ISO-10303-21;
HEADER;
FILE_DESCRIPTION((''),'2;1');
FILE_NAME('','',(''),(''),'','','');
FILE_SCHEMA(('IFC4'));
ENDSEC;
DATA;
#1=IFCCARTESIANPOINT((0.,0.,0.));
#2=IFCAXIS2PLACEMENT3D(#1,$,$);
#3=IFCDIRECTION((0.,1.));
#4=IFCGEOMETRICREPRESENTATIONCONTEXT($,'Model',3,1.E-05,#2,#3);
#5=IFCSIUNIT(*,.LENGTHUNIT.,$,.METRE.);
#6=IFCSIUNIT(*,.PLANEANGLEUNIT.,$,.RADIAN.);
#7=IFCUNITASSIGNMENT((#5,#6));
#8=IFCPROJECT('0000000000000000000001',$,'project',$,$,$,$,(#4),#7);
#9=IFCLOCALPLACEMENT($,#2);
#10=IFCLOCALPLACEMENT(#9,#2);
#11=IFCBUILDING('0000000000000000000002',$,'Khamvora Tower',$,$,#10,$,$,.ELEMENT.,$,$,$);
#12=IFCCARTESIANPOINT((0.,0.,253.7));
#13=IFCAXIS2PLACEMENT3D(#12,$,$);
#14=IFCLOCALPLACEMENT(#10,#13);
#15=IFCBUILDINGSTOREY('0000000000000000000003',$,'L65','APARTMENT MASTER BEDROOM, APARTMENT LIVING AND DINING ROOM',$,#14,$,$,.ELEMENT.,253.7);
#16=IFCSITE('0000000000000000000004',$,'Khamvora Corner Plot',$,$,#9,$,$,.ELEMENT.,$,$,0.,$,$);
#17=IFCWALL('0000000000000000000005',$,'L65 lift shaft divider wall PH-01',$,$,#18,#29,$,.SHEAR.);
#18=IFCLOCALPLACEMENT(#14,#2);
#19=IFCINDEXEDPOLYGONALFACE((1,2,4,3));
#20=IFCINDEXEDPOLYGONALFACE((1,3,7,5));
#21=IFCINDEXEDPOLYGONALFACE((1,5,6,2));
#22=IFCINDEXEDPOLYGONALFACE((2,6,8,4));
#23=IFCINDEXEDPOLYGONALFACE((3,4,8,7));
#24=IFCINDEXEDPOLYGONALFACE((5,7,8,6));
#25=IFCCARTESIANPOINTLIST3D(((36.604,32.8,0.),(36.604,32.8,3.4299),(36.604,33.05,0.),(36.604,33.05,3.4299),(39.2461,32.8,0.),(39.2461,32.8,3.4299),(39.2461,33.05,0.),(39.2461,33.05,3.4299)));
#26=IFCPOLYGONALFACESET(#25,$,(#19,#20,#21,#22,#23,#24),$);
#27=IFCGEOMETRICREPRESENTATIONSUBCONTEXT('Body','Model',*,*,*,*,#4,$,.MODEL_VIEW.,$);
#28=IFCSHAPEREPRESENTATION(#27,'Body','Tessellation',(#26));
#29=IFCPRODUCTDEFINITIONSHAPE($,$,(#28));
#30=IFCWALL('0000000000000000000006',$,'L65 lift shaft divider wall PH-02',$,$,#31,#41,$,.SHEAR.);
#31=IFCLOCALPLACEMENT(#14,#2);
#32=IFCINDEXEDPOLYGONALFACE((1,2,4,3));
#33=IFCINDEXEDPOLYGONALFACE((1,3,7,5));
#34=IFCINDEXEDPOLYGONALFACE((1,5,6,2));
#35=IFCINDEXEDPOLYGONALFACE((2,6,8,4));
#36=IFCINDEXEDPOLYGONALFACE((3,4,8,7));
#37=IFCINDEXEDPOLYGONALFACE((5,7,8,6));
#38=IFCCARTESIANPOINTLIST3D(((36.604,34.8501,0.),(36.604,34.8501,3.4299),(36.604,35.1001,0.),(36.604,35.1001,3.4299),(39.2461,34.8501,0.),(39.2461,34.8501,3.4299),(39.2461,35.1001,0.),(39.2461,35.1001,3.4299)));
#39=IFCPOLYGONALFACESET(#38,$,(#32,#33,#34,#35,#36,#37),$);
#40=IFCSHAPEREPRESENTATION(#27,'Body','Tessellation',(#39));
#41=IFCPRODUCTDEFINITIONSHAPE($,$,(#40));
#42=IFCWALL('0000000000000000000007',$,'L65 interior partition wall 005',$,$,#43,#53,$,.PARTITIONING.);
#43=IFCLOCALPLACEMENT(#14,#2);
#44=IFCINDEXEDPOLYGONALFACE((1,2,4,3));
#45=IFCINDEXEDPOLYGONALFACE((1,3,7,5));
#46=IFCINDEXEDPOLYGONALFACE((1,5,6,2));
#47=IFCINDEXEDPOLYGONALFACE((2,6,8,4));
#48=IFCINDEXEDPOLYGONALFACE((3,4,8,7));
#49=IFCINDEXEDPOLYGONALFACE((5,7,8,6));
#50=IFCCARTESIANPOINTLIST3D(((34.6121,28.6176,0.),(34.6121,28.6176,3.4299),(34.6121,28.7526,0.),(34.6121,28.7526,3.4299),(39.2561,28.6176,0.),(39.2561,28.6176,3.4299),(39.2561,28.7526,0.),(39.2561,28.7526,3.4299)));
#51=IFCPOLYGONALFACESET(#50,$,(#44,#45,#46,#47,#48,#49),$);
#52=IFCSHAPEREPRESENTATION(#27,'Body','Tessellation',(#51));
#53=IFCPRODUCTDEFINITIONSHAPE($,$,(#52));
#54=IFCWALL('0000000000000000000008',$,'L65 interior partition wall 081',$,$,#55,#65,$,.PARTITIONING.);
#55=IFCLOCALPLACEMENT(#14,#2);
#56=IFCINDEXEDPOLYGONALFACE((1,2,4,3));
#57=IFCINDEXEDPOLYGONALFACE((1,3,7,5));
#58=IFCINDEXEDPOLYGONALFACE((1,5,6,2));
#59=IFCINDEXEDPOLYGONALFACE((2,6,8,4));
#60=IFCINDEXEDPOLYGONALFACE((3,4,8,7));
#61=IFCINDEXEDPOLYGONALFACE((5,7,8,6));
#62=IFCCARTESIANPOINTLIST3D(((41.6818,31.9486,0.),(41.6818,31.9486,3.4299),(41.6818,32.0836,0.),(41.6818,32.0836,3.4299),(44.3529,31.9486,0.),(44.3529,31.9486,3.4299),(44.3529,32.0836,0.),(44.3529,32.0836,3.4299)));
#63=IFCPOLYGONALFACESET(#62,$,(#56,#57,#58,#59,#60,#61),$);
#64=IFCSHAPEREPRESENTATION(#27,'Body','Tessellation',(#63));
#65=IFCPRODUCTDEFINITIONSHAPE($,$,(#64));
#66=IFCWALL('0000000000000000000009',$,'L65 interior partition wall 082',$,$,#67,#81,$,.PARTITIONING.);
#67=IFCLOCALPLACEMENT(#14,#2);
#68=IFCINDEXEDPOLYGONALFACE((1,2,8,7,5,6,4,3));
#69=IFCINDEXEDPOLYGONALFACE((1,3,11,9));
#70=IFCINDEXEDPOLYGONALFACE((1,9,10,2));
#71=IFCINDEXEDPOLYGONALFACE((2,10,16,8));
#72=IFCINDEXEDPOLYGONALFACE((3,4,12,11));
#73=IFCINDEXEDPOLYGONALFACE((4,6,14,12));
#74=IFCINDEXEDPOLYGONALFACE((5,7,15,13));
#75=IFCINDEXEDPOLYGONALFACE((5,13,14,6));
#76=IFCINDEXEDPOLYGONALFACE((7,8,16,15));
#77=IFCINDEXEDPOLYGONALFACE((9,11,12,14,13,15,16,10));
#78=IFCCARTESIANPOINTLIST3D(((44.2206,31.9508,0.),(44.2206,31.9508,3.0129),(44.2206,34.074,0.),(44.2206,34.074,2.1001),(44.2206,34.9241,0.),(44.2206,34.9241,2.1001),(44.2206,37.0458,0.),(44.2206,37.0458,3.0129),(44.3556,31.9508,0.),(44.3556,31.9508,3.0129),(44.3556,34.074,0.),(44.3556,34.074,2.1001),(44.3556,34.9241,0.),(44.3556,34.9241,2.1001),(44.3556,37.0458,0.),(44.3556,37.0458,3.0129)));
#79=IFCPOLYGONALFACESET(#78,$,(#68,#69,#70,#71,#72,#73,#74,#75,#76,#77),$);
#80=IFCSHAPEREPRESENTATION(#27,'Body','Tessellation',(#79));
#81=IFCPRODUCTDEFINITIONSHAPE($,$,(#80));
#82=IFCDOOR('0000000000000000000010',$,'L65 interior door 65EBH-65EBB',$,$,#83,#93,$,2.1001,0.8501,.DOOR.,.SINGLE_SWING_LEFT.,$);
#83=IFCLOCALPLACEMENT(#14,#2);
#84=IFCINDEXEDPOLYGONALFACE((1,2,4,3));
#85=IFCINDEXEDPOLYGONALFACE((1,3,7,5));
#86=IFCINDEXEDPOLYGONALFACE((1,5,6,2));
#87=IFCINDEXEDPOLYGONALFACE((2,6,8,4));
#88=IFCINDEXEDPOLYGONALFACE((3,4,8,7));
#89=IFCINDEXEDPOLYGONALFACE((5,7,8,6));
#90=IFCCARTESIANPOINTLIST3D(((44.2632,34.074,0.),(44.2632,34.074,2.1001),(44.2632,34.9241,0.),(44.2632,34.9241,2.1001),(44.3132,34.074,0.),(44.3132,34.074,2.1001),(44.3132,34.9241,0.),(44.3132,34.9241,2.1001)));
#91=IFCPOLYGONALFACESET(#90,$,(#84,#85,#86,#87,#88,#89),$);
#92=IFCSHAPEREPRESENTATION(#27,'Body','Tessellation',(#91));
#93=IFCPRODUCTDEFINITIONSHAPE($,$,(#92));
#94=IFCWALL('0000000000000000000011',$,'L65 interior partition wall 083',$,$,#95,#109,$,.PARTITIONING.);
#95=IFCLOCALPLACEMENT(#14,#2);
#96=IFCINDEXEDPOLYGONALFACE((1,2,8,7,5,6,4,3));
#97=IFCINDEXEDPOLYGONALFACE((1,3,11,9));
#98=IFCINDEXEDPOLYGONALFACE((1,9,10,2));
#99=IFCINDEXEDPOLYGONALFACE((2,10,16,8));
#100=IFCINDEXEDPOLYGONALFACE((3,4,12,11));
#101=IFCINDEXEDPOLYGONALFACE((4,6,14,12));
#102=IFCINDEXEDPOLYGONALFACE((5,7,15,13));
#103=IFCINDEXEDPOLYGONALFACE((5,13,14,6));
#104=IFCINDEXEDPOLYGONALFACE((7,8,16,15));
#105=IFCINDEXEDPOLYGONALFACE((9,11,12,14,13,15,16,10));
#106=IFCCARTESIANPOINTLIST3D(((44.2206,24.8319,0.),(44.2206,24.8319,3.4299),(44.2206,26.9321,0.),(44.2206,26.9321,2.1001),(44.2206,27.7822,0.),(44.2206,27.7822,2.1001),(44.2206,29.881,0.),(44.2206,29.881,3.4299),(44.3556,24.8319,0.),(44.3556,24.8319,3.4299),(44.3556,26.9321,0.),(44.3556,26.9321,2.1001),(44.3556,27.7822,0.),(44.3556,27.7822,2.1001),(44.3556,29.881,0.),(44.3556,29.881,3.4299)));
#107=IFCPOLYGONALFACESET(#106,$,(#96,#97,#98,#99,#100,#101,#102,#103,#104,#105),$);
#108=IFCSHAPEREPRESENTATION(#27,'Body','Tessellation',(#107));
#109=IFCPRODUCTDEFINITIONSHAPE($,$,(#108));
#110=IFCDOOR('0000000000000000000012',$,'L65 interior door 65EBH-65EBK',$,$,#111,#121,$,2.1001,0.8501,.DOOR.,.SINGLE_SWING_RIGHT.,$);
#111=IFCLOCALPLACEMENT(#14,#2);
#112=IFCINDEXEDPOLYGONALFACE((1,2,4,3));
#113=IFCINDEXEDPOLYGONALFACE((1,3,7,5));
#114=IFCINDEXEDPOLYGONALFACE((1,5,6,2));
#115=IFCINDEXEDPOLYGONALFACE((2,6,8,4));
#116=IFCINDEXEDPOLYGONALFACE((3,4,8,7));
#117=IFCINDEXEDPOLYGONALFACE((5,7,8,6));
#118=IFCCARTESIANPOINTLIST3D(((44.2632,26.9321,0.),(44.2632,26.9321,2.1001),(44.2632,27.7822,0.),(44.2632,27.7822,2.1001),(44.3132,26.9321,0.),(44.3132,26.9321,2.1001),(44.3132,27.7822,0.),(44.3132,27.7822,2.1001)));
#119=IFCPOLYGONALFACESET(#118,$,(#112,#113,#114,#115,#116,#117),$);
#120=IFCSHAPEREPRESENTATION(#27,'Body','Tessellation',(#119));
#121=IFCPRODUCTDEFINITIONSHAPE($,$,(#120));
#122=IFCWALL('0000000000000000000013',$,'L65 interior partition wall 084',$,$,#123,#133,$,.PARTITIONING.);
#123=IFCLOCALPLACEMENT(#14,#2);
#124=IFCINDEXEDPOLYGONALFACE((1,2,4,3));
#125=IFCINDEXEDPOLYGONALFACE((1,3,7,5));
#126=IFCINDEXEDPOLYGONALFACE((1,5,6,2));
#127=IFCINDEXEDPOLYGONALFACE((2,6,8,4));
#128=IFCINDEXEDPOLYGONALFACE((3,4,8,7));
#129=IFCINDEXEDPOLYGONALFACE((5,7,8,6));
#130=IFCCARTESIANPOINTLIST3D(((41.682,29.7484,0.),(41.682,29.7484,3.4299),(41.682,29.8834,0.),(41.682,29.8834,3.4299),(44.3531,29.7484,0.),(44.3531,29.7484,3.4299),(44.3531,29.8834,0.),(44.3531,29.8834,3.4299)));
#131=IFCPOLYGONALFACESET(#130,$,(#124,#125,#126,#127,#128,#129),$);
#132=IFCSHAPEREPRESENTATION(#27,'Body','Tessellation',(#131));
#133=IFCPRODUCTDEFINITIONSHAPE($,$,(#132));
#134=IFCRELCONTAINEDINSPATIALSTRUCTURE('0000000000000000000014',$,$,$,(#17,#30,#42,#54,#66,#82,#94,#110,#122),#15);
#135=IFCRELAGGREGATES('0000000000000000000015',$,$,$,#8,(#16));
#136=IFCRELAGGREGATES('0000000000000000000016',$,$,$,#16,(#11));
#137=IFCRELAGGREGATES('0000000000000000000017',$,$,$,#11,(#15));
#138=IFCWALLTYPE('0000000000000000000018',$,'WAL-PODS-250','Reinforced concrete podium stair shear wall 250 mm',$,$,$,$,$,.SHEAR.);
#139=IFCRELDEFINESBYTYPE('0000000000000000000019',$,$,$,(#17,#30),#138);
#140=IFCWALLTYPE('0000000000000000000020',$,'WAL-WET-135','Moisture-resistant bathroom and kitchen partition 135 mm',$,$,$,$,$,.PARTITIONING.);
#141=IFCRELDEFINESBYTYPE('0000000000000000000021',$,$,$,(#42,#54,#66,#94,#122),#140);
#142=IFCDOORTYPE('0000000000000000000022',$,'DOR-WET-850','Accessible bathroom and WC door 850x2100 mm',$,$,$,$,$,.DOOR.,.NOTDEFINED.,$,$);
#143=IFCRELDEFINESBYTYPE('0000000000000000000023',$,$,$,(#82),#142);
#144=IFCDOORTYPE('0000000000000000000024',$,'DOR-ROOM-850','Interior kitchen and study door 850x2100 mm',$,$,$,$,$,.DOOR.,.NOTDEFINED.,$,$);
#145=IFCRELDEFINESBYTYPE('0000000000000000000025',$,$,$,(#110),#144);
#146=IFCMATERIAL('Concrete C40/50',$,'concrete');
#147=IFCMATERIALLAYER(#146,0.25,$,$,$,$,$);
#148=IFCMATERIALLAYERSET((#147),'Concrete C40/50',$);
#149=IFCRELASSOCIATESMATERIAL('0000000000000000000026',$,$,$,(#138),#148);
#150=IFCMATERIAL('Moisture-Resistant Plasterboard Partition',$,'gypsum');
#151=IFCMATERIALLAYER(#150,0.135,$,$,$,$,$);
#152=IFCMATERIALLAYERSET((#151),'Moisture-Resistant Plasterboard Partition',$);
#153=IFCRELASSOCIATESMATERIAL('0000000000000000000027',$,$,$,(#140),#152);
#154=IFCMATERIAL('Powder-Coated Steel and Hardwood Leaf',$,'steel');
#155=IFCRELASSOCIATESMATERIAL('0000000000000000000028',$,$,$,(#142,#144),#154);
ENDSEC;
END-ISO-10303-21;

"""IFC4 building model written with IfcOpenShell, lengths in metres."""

from ifc_helpers import new_model, si_unit, direction, frame, frame_2d, origin, place, context, subcontext, project, spatial, rectangle, extrude, material, layer, layer_set, type_object, element, fill, save


model = new_model("IFC4")

# Units and contexts
model_context = context("Model", 3, precision=1e-05, world=origin(), true_north=direction((0.0, 1.0)))
body_context = subcontext(model_context, "Body", "Model", "MODEL_VIEW")
ifc_project = project(units=[si_unit("LENGTHUNIT", "METRE"), si_unit("PLANEANGLEUNIT", "RADIAN")], contexts=[model_context])

# Site, building, storey
site_placement = place(None, origin())
site = spatial("IfcSite", under=ifc_project, at=site_placement, Name="Khamvora Corner Plot", CompositionType="ELEMENT", RefElevation=0.0)
building_placement = place(site_placement, origin())
building = spatial("IfcBuilding", under=site, at=building_placement, Name="Khamvora Tower", CompositionType="ELEMENT")
storey_placement = place(building_placement, frame((0.0, 0.0, 253.7)))
storey = spatial("IfcBuildingStorey", under=building, at=storey_placement, Name="L65", Description="APARTMENT MASTER BEDROOM, APARTMENT LIVING AND DINING ROOM", CompositionType="ELEMENT", Elevation=253.7)

# Shared definitions
ifc_material_1 = material(Name="Powder-Coated Steel and Hardwood Leaf", Category="steel")

# Walls
ifc_material_2 = material(Name="Concrete C40/50", Category="concrete")
ifc_layer_1 = layer(ifc_material_2, 0.25)
ifc_layer_set_1 = layer_set([ifc_layer_1], Name="Concrete C40/50")
wall_type_1 = type_object("IfcWallType", Name="WAL-PODS-250", Description="Reinforced concrete podium stair shear wall 250 mm", PredefinedType="SHEAR", material=ifc_layer_set_1)
for number, where, z_axis, x_axis, name in (
    (1, (36.604, 32.925, 0.0), (0.0, 0.0, 1.0), (1.0, 0.0, 0.0), "L65 lift shaft divider wall PH-01"),
    (2, (36.604, 34.9751, 0.0), (0.0, 0.0, 1.0), (1.0, 0.0, 0.0), "L65 lift shaft divider wall PH-02"),
):
    element("IfcWall", number, at=place(storey_placement, frame(where, z_axis=z_axis, x_axis=x_axis)), inside=storey, type_object=wall_type_1, Name=name, PredefinedType="SHEAR", context=body_context, shape_type="SweptSolid", body=[
        extrude(rectangle(XDim=2.6421, YDim=0.25, at=frame_2d((1.321, 0.0))), origin(), (0.0, 0.0, 1.0), 3.4299),
    ])
ifc_material_3 = material(Name="Moisture-Resistant Plasterboard Partition", Category="gypsum")
ifc_layer_2 = layer(ifc_material_3, 0.135)
ifc_layer_set_2 = layer_set([ifc_layer_2], Name="Moisture-Resistant Plasterboard Partition")
wall_type_2 = type_object("IfcWallType", Name="WAL-WET-135", Description="Moisture-resistant bathroom and kitchen partition 135 mm", PredefinedType="PARTITIONING", material=ifc_layer_set_2)
wall_1_placement = place(storey_placement, frame((39.2561, 28.6851, 0.0), z_axis=(0.0, 0.0, 1.0), x_axis=(-1.0, 0.0, 0.0)))
element("IfcWall", 3, at=wall_1_placement, inside=storey, type_object=wall_type_2, Name="L65 interior partition wall 005", PredefinedType="PARTITIONING", context=body_context, shape_type="SweptSolid", body=[
    extrude(rectangle(XDim=4.644, YDim=0.135, at=frame_2d((2.322, 0.0))), origin(), (0.0, 0.0, 1.0), 3.4299),
])
wall_2_placement = place(storey_placement, frame((41.6819, 32.0161, 0.0), z_axis=(0.0, 0.0, 1.0), x_axis=(1.0, 0.0, 0.0)))
element("IfcWall", 4, at=wall_2_placement, inside=storey, type_object=wall_type_2, Name="L65 interior partition wall 081", PredefinedType="PARTITIONING", context=body_context, shape_type="SweptSolid", body=[
    extrude(rectangle(XDim=2.6711, YDim=0.135, at=frame_2d((1.3354, 0.0))), origin(), (0.0, 0.0, 1.0), 3.4299),
])

# Walls, openings, doors
wall_3_placement = place(storey_placement, frame((44.2881, 31.9509, 0.0), z_axis=(0.0, 0.0, 1.0), x_axis=(0.0, 1.0, 0.0)))
wall_3 = element("IfcWall", 5, at=wall_3_placement, inside=storey, type_object=wall_type_2, Name="L65 interior partition wall 082", PredefinedType="PARTITIONING", context=body_context, shape_type="SweptSolid", body=[
    extrude(rectangle(XDim=5.095, YDim=0.135, at=frame_2d((2.5474, 0.0))), origin(), (0.0, 0.0, 1.0), 3.0129),
])
opening_1_placement = place(wall_3_placement, frame((2.123, 0.0, 0.0)))
opening_1 = element("IfcOpeningElement", 6, at=opening_1_placement, cuts=wall_3, PredefinedType="OPENING", context=body_context, shape_type="SweptSolid", body=[
    extrude(rectangle(XDim=0.8501, YDim=2.1001, at=frame_2d((0.425, 1.05))), frame((0.0, 0.0774, 0.0), z_axis=(0.0, -1.0, 0.0), x_axis=(1.0, 0.0, 0.0)), (0.0, 0.0, 1.0), 0.155),
])
door_type_1 = type_object("IfcDoorType", Name="DOR-WET-850", Description="Accessible bathroom and WC door 850x2100 mm", OperationType="NOTDEFINED", PredefinedType="DOOR", material=ifc_material_1)
door_1_placement = place(opening_1_placement, origin())
door_1 = element("IfcDoor", 7, at=door_1_placement, inside=storey, type_object=door_type_1, Name="L65 interior door 65EBH-65EBB", OperationType="SINGLE_SWING_LEFT", OverallHeight=2.1001, OverallWidth=0.8501, PredefinedType="DOOR", context=body_context, shape_type="SweptSolid", body=[
    extrude(rectangle(XDim=0.8501, YDim=2.1001, at=frame_2d((0.425, 1.05))), frame((0.0, 0.0249, 0.0), z_axis=(0.0, -1.0, 0.0), x_axis=(1.0, 0.0, 0.0)), (0.0, 0.0, 1.0), 0.05),
])
fill(opening_1, door_1)
wall_4_placement = place(storey_placement, frame((44.2881, 24.832, 0.0), z_axis=(0.0, 0.0, 1.0), x_axis=(0.0, 1.0, 0.0)))
wall_4 = element("IfcWall", 8, at=wall_4_placement, inside=storey, type_object=wall_type_2, Name="L65 interior partition wall 083", PredefinedType="PARTITIONING", context=body_context, shape_type="SweptSolid", body=[
    extrude(rectangle(XDim=5.0491, YDim=0.135, at=frame_2d((2.5244, 0.0))), origin(), (0.0, 0.0, 1.0), 3.4299),
])
opening_2_placement = place(wall_4_placement, frame((2.1001, 0.0, 0.0)))
opening_2 = element("IfcOpeningElement", 9, at=opening_2_placement, cuts=wall_4, PredefinedType="OPENING", context=body_context, shape_type="SweptSolid", body=[
    extrude(rectangle(XDim=0.8501, YDim=2.1001, at=frame_2d((0.425, 1.05))), frame((0.0, 0.0774, 0.0), z_axis=(0.0, -1.0, 0.0), x_axis=(1.0, 0.0, 0.0)), (0.0, 0.0, 1.0), 0.155),
])
door_type_2 = type_object("IfcDoorType", Name="DOR-ROOM-850", Description="Interior kitchen and study door 850x2100 mm", OperationType="NOTDEFINED", PredefinedType="DOOR", material=ifc_material_1)
door_2_placement = place(opening_2_placement, origin())
door_2 = element("IfcDoor", 10, at=door_2_placement, inside=storey, type_object=door_type_2, Name="L65 interior door 65EBH-65EBK", OperationType="SINGLE_SWING_RIGHT", OverallHeight=2.1001, OverallWidth=0.8501, PredefinedType="DOOR", context=body_context, shape_type="SweptSolid", body=[
    extrude(rectangle(XDim=0.8501, YDim=2.1001, at=frame_2d((0.425, 1.05))), frame((0.0, 0.0249, 0.0), z_axis=(0.0, -1.0, 0.0), x_axis=(1.0, 0.0, 0.0)), (0.0, 0.0, 1.0), 0.05),
])
fill(opening_2, door_2)

# Wall
wall_5_placement = place(storey_placement, frame((44.353, 29.8159, 0.0), z_axis=(0.0, 0.0, 1.0), x_axis=(-1.0, 0.0, 0.0)))
element("IfcWall", 11, at=wall_5_placement, inside=storey, type_object=wall_type_2, Name="L65 interior partition wall 084", PredefinedType="PARTITIONING", context=body_context, shape_type="SweptSolid", body=[
    extrude(rectangle(XDim=2.6711, YDim=0.135, at=frame_2d((1.3354, 0.0))), origin(), (0.0, 0.0, 1.0), 3.4299),
])

save(model, "model.ifc")
